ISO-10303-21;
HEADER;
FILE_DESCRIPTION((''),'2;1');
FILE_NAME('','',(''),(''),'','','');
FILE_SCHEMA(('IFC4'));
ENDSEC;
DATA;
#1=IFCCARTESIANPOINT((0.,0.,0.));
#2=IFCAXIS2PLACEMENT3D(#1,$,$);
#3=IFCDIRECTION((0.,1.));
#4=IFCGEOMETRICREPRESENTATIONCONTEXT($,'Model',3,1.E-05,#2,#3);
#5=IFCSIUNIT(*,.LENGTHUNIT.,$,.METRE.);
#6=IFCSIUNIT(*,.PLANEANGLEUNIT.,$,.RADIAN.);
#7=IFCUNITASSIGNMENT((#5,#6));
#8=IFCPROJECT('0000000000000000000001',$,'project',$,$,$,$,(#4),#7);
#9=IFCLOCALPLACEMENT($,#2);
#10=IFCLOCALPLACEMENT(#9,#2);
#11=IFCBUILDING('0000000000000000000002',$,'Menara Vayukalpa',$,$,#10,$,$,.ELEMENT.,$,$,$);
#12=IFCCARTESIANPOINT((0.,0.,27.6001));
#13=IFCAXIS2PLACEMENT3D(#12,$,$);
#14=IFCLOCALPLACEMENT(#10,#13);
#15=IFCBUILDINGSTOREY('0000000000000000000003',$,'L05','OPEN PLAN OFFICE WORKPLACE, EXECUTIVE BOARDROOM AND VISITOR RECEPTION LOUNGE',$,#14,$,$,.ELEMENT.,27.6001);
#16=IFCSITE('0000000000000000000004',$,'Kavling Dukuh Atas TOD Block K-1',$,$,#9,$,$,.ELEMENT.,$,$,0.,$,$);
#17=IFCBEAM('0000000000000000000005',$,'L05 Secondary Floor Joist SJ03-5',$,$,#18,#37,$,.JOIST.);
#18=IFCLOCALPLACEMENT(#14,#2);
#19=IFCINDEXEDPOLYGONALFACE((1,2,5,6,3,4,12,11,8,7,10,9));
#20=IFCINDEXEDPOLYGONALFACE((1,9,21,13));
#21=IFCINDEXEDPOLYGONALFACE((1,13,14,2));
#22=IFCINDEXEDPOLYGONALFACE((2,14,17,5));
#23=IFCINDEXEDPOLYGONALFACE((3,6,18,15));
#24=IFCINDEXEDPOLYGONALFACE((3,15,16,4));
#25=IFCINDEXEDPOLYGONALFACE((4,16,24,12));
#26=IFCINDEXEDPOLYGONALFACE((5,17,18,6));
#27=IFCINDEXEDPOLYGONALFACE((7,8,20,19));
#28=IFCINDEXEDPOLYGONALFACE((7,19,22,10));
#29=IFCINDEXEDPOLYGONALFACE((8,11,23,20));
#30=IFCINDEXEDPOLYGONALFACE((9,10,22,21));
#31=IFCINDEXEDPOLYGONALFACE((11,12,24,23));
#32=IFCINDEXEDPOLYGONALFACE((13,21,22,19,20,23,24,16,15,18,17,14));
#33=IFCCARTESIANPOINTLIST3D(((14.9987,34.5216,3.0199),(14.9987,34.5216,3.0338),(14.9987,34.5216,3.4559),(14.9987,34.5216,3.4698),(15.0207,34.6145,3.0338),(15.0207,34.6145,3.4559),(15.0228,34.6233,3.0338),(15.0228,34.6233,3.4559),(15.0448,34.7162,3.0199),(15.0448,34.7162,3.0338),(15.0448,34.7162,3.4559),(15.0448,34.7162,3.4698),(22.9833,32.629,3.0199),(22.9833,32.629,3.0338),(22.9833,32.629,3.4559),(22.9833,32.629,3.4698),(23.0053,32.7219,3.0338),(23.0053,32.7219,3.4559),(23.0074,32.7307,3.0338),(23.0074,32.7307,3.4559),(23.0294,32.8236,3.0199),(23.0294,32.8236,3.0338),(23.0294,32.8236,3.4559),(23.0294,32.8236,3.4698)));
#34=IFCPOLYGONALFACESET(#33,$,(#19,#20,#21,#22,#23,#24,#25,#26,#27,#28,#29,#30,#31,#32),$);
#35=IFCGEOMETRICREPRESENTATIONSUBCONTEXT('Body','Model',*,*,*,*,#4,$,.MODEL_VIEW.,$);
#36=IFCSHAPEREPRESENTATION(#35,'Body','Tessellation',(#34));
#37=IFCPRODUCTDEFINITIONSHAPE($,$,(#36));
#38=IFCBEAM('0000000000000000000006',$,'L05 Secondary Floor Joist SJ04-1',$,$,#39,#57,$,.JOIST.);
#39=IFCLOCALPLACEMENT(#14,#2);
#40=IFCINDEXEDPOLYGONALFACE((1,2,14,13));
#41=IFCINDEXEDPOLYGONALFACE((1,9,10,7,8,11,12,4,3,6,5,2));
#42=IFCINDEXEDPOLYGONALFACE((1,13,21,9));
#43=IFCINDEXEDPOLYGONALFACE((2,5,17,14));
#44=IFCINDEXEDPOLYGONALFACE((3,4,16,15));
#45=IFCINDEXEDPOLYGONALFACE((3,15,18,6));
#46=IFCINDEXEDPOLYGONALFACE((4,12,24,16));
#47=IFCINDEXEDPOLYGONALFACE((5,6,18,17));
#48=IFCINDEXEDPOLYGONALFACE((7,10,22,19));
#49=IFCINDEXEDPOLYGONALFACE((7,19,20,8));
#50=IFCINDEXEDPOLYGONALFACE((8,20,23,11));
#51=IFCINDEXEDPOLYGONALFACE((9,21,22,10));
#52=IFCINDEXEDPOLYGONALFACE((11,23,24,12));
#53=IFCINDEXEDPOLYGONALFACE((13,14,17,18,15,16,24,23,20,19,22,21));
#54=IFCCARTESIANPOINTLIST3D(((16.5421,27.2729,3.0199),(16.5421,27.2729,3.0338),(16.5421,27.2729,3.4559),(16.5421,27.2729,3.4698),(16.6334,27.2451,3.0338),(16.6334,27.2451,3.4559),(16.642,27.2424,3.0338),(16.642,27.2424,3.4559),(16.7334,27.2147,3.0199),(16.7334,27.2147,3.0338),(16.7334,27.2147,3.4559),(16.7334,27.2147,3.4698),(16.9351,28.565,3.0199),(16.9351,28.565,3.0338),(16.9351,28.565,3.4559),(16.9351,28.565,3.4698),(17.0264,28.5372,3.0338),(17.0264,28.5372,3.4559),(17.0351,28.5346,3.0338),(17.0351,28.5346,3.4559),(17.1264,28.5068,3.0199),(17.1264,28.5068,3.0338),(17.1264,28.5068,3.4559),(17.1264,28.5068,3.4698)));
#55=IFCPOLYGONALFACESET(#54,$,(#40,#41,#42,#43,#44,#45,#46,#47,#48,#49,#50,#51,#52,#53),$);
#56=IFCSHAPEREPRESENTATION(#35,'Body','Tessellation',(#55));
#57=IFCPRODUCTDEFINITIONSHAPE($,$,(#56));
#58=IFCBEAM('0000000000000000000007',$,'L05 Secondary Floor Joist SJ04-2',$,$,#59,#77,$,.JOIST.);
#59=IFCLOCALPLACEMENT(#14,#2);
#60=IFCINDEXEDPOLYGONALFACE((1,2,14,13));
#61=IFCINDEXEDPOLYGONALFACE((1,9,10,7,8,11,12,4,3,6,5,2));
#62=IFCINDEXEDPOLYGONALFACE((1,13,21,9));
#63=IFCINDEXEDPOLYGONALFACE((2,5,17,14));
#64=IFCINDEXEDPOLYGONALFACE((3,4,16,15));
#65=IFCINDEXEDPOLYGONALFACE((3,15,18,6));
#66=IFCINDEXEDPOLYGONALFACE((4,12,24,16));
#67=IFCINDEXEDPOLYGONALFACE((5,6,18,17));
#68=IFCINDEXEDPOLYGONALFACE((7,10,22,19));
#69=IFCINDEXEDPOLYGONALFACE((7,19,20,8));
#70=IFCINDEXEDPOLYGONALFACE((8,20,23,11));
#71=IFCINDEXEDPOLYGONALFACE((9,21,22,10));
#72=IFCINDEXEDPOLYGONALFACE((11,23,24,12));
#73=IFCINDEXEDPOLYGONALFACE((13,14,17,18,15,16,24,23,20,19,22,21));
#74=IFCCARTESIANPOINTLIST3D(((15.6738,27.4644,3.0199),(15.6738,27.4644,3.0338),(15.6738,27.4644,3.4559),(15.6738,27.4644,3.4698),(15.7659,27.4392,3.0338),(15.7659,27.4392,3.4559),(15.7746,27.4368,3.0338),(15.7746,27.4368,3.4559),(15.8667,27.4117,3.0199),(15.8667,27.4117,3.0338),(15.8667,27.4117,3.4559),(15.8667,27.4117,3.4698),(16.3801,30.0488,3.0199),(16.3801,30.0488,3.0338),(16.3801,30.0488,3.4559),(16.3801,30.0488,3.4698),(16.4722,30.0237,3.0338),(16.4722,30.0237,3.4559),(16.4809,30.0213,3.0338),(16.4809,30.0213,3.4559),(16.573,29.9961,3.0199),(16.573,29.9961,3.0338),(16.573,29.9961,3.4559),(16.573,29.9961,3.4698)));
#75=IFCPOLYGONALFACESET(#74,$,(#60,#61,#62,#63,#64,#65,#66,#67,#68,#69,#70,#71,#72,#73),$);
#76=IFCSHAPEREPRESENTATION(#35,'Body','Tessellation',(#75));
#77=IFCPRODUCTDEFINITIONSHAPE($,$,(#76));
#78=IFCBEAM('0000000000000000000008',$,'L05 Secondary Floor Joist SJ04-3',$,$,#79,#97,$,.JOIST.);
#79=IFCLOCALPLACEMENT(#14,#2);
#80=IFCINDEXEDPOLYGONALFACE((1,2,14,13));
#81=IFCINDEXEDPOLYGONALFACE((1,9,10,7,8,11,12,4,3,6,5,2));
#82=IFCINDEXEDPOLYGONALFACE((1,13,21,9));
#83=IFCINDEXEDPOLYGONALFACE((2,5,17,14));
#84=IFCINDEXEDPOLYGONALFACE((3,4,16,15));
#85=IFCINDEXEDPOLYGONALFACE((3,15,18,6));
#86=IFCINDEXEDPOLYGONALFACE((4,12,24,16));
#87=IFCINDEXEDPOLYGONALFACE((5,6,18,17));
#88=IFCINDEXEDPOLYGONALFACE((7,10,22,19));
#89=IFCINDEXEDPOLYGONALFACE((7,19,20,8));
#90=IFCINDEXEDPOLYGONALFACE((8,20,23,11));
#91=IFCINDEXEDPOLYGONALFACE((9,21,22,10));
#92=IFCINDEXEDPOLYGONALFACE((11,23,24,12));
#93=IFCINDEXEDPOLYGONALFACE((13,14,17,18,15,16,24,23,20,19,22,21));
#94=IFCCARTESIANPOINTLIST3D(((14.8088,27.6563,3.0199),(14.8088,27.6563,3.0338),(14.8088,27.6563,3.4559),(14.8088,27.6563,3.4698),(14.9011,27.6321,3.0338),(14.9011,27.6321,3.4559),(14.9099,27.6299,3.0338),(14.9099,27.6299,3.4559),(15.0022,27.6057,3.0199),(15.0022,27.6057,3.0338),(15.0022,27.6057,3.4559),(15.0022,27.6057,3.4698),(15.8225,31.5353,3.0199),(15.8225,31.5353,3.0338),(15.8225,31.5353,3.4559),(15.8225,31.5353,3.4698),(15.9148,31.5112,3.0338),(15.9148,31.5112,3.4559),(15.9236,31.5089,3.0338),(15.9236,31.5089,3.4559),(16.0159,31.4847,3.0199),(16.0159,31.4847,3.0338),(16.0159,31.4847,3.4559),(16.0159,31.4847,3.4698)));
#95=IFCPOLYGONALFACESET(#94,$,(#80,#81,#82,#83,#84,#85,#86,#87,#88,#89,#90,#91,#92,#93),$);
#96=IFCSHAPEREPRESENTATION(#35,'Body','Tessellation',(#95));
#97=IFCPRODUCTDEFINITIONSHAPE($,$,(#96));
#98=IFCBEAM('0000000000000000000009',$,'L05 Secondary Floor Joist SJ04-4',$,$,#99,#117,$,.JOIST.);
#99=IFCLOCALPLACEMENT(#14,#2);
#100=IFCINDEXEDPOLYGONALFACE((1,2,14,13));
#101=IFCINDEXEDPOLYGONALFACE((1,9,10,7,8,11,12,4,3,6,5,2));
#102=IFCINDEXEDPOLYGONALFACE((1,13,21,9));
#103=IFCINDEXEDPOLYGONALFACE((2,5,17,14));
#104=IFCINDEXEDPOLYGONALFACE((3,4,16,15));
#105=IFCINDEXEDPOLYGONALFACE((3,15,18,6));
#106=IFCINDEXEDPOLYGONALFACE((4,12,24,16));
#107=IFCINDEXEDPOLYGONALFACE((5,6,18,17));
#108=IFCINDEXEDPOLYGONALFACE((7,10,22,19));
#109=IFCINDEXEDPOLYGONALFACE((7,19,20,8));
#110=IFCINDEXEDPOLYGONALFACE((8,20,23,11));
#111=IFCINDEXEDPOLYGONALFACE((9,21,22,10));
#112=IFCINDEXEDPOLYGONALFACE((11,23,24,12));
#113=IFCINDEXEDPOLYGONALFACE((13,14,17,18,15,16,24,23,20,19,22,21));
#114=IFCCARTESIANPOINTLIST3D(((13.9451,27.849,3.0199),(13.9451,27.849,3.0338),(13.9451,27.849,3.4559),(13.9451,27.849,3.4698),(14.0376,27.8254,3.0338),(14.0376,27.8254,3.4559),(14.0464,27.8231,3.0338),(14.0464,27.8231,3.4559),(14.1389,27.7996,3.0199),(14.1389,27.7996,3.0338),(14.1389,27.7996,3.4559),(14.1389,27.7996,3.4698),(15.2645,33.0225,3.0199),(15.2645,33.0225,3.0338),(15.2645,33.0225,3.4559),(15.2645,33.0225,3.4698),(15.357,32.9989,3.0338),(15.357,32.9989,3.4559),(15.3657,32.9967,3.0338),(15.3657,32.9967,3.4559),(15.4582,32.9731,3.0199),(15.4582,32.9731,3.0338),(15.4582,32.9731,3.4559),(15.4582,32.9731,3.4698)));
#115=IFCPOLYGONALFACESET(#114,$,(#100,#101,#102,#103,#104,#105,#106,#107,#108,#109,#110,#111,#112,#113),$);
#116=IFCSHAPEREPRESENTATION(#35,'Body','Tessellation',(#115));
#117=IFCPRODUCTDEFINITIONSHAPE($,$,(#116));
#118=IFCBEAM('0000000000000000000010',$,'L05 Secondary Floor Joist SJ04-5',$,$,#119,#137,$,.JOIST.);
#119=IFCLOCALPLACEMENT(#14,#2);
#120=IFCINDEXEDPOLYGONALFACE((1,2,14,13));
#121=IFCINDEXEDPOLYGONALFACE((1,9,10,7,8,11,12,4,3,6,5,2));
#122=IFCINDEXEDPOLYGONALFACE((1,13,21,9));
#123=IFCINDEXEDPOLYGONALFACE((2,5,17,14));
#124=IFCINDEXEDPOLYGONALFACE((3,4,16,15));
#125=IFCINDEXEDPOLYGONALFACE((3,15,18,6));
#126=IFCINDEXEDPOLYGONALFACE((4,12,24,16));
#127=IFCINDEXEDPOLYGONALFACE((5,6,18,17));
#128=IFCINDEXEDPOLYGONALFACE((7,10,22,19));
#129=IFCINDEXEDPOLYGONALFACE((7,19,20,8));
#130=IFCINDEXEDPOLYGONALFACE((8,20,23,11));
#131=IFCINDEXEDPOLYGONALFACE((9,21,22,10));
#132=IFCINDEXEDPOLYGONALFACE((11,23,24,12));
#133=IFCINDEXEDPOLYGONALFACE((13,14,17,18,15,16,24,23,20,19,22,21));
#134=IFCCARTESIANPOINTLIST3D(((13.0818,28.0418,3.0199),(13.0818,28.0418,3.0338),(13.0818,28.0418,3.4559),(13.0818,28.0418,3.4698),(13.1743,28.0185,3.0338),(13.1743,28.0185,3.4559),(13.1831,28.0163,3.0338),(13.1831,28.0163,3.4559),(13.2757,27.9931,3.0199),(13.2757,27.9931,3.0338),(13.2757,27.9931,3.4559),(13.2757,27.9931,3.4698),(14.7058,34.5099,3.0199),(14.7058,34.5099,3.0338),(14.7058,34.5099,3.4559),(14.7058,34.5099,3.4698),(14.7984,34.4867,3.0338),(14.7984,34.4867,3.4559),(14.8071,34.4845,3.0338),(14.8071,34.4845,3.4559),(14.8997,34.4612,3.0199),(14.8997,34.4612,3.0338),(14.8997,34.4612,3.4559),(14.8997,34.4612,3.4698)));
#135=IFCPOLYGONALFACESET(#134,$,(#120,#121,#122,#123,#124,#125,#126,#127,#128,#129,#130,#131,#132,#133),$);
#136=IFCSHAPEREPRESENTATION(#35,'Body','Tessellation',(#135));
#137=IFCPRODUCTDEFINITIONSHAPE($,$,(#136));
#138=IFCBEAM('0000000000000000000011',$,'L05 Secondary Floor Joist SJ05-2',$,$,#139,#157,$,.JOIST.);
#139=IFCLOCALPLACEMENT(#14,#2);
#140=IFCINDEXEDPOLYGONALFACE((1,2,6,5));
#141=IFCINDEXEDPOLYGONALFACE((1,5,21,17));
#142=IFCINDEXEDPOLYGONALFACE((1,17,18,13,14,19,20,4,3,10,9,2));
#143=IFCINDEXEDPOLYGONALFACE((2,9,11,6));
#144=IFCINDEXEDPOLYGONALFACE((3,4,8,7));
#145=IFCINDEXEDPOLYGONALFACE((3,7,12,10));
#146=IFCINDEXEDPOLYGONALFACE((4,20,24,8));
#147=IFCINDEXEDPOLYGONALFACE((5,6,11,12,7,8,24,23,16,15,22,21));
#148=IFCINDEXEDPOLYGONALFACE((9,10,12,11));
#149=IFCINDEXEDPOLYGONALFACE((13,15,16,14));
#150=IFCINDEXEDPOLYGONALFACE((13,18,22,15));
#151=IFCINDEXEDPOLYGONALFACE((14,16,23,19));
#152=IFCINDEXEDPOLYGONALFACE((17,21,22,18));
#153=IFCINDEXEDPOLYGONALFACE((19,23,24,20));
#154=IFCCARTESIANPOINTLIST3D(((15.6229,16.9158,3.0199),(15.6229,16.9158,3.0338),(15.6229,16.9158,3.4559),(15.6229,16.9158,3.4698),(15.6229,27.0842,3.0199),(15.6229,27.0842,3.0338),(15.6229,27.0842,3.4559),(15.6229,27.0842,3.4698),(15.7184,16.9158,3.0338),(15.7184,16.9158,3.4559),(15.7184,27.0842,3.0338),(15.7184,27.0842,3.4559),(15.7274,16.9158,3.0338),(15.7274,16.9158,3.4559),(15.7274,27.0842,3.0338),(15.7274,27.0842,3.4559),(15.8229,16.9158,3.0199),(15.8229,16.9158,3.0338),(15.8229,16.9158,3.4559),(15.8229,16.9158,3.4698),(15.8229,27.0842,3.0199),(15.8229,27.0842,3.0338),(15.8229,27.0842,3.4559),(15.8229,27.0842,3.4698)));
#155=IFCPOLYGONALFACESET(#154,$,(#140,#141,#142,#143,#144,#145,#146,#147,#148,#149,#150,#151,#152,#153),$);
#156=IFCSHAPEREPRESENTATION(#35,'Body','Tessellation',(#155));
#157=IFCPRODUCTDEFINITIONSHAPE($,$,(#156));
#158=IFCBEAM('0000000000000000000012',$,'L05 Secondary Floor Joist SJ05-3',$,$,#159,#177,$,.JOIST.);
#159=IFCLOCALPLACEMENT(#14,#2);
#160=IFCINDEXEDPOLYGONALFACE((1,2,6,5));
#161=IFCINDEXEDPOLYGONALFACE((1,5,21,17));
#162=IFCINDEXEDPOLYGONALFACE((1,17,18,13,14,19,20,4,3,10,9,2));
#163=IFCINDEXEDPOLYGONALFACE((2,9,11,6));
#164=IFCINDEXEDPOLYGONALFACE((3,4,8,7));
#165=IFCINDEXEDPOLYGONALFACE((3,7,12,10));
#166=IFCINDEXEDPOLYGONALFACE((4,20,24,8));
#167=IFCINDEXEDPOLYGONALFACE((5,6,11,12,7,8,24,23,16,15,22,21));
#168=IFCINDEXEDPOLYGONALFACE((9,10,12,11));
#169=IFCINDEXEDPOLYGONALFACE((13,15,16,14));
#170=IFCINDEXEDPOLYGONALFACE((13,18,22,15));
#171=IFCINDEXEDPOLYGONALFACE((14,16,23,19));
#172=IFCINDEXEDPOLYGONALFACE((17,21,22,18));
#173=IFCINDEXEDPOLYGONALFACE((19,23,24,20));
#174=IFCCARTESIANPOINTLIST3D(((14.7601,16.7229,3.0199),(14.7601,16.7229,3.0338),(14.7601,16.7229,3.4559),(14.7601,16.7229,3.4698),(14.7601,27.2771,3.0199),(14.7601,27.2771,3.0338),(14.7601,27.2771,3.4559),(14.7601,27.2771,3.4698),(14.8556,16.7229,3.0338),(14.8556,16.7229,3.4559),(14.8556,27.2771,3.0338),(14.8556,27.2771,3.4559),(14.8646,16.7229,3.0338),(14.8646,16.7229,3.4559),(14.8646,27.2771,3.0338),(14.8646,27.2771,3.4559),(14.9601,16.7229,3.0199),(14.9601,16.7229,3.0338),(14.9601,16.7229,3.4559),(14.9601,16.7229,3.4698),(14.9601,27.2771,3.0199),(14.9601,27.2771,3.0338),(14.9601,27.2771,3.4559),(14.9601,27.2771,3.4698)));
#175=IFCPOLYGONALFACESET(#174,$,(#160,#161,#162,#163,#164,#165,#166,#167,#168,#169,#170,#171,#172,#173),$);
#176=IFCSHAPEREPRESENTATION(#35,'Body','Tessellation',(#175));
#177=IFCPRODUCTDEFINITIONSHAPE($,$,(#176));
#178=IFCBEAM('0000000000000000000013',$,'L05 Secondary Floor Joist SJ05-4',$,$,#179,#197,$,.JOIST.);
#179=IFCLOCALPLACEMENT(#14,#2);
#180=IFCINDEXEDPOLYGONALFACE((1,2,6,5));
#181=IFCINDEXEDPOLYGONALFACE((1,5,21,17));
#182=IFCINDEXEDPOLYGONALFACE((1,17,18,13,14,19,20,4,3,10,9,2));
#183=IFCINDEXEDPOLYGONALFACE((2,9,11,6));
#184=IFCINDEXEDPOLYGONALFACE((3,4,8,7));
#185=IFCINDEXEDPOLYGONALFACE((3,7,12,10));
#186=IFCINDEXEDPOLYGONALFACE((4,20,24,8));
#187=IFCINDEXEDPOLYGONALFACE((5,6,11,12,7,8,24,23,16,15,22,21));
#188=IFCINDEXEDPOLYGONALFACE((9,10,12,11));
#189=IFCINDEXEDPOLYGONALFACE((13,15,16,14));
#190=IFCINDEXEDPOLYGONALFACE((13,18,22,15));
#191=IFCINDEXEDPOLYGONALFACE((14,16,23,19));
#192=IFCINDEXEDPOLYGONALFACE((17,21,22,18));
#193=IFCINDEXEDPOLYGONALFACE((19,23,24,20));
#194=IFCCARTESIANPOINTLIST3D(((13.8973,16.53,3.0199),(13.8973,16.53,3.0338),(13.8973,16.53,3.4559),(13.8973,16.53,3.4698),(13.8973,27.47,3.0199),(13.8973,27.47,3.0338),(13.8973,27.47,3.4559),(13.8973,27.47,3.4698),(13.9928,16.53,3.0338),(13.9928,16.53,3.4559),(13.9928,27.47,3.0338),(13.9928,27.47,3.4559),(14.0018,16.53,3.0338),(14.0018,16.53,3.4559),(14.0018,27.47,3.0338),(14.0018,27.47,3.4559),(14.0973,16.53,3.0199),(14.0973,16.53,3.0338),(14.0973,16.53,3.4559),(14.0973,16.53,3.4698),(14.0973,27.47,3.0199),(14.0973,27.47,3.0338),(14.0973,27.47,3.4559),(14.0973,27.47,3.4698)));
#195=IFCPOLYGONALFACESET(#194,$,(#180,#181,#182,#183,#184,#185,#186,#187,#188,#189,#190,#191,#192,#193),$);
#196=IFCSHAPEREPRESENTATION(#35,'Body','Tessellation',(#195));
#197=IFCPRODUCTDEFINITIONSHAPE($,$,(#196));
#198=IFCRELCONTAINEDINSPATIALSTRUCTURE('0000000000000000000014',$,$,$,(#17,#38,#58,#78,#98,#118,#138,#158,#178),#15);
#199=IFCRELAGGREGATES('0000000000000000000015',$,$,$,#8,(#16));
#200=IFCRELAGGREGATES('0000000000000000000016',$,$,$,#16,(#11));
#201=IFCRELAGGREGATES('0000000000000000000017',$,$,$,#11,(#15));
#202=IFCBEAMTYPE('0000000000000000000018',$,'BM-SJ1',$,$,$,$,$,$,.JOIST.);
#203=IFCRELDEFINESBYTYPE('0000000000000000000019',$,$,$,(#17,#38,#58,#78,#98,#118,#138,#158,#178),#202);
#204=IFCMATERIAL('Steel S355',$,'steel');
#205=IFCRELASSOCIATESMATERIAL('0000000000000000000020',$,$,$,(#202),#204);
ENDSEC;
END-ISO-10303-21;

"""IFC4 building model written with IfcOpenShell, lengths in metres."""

from ifc_helpers import new_model, si_unit, direction, frame, origin, origin_2d, place, context, subcontext, project, spatial, i_section, extrude, material, material_profile, profile_set, type_object, element, save


model = new_model("IFC4")

# Units and contexts
model_context = context("Model", 3, precision=1e-05, world=origin(), true_north=direction((0.0, 1.0)))
body_context = subcontext(model_context, "Body", "Model", "MODEL_VIEW")
ifc_project = project(units=[si_unit("LENGTHUNIT", "METRE"), si_unit("PLANEANGLEUNIT", "RADIAN")], contexts=[model_context])

# Site, building, storey
site_placement = place(None, origin())
site = spatial("IfcSite", under=ifc_project, at=site_placement, Name="Kavling Dukuh Atas TOD Block K-1", CompositionType="ELEMENT", RefElevation=0.0)
building_placement = place(site_placement, origin())
building = spatial("IfcBuilding", under=site, at=building_placement, Name="Menara Vayukalpa", CompositionType="ELEMENT")
storey_placement = place(building_placement, frame((0.0, 0.0, 27.6001)))
storey = spatial("IfcBuildingStorey", under=building, at=storey_placement, Name="L05", Description="OPEN PLAN OFFICE WORKPLACE, EXECUTIVE BOARDROOM AND VISITOR RECEPTION LOUNGE", CompositionType="ELEMENT", Elevation=27.6001)

# Beams
ifc_material_1 = material(Name="Steel S355", Category="steel")
ifc_material_profile_1 = material_profile(ifc_material_1, i_section(OverallWidth=0.2, OverallDepth=0.45, WebThickness=0.009, FlangeThickness=0.0139, at=origin_2d()), Name="WF 450x200x9x14")
ifc_profile_set_1 = profile_set([ifc_material_profile_1], Name="Steel S355")
beam_type_1 = type_object("IfcBeamType", Name="BM-SJ1", PredefinedType="JOIST", material=ifc_profile_set_1)
beam_1_placement = place(storey_placement, frame((23.0063, 32.7263, 3.2449), z_axis=(-0.97304, 0.230638, 0.0), x_axis=(-0.230638, -0.97304, 0.0)))
element("IfcBeam", 1, at=beam_1_placement, inside=storey, type_object=beam_type_1, Name="L05 Secondary Floor Joist SJ03-5", PredefinedType="JOIST", context=body_context, shape_type="SweptSolid", body=[
    extrude(i_section(OverallWidth=0.2, OverallDepth=0.45, WebThickness=0.009, FlangeThickness=0.0139, at=origin_2d()), origin(), (0.0, 0.0, 1.0), 8.2058),
])
beam_2_placement = place(storey_placement, frame((17.0308, 28.5359, 3.2449), z_axis=(-0.291011, -0.95672, 0.0), x_axis=(0.95672, -0.291011, 0.0)))
element("IfcBeam", 2, at=beam_2_placement, inside=storey, type_object=beam_type_1, Name="L05 Secondary Floor Joist SJ04-1", PredefinedType="JOIST", context=body_context, shape_type="SweptSolid", body=[
    extrude(i_section(OverallWidth=0.2, OverallDepth=0.45, WebThickness=0.009, FlangeThickness=0.0139, at=origin_2d()), origin(), (0.0, 0.0, 1.0), 1.3506),
])
beam_3_placement = place(storey_placement, frame((16.4766, 30.0225, 3.2449), z_axis=(-0.263619, -0.964627, 0.0), x_axis=(0.964627, -0.263619, 0.0)))
element("IfcBeam", 3, at=beam_3_placement, inside=storey, type_object=beam_type_1, Name="L05 Secondary Floor Joist SJ04-2", PredefinedType="JOIST", context=body_context, shape_type="SweptSolid", body=[
    extrude(i_section(OverallWidth=0.2, OverallDepth=0.45, WebThickness=0.009, FlangeThickness=0.0139, at=origin_2d()), origin(), (0.0, 0.0, 1.0), 2.6792),
])
beam_4_placement = place(storey_placement, frame((15.9192, 31.51, 3.2449), z_axis=(-0.252838, -0.967509, 0.0), x_axis=(0.967509, -0.252838, 0.0)))
element("IfcBeam", 4, at=beam_4_placement, inside=storey, type_object=beam_type_1, Name="L05 Secondary Floor Joist SJ04-3", PredefinedType="JOIST", context=body_context, shape_type="SweptSolid", body=[
    extrude(i_section(OverallWidth=0.2, OverallDepth=0.45, WebThickness=0.009, FlangeThickness=0.0139, at=origin_2d()), origin(), (0.0, 0.0, 1.0), 4.0093),
])
beam_5_placement = place(storey_placement, frame((15.3613, 32.9978, 3.2449), z_axis=(-0.247106, -0.968989, 0.0), x_axis=(0.968989, -0.247106, 0.0)))
element("IfcBeam", 5, at=beam_5_placement, inside=storey, type_object=beam_type_1, Name="L05 Secondary Floor Joist SJ04-4", PredefinedType="JOIST", context=body_context, shape_type="SweptSolid", body=[
    extrude(i_section(OverallWidth=0.2, OverallDepth=0.45, WebThickness=0.009, FlangeThickness=0.0139, at=origin_2d()), origin(), (0.0, 0.0, 1.0), 5.3391),
])
beam_6_placement = place(storey_placement, frame((14.8027, 34.4856, 3.2449), z_axis=(-0.243517, -0.969897, 0.0), x_axis=(0.969897, -0.243517, 0.0)))
element("IfcBeam", 6, at=beam_6_placement, inside=storey, type_object=beam_type_1, Name="L05 Secondary Floor Joist SJ04-5", PredefinedType="JOIST", context=body_context, shape_type="SweptSolid", body=[
    extrude(i_section(OverallWidth=0.2, OverallDepth=0.45, WebThickness=0.009, FlangeThickness=0.0139, at=origin_2d()), origin(), (0.0, 0.0, 1.0), 6.6689),
])
beam_7_placement = place(storey_placement, frame((15.7229, 27.0842, 3.2449), z_axis=(0.0, -1.0, 0.0), x_axis=(1.0, 0.0, 0.0)))
element("IfcBeam", 7, at=beam_7_placement, inside=storey, type_object=beam_type_1, Name="L05 Secondary Floor Joist SJ05-2", PredefinedType="JOIST", context=body_context, shape_type="SweptSolid", body=[
    extrude(i_section(OverallWidth=0.2, OverallDepth=0.45, WebThickness=0.009, FlangeThickness=0.0139, at=origin_2d()), origin(), (0.0, 0.0, 1.0), 10.1685),
])
beam_8_placement = place(storey_placement, frame((14.8601, 27.2771, 3.2449), z_axis=(0.0, -1.0, 0.0), x_axis=(1.0, 0.0, 0.0)))
element("IfcBeam", 8, at=beam_8_placement, inside=storey, type_object=beam_type_1, Name="L05 Secondary Floor Joist SJ05-3", PredefinedType="JOIST", context=body_context, shape_type="SweptSolid", body=[
    extrude(i_section(OverallWidth=0.2, OverallDepth=0.45, WebThickness=0.009, FlangeThickness=0.0139, at=origin_2d()), origin(), (0.0, 0.0, 1.0), 10.5542),
])
beam_9_placement = place(storey_placement, frame((13.9973, 27.47, 3.2449), z_axis=(0.0, -1.0, 0.0), x_axis=(1.0, 0.0, 0.0)))
element("IfcBeam", 9, at=beam_9_placement, inside=storey, type_object=beam_type_1, Name="L05 Secondary Floor Joist SJ05-4", PredefinedType="JOIST", context=body_context, shape_type="SweptSolid", body=[
    extrude(i_section(OverallWidth=0.2, OverallDepth=0.45, WebThickness=0.009, FlangeThickness=0.0139, at=origin_2d()), origin(), (0.0, 0.0, 1.0), 10.9399),
])

save(model, "model.ifc")
